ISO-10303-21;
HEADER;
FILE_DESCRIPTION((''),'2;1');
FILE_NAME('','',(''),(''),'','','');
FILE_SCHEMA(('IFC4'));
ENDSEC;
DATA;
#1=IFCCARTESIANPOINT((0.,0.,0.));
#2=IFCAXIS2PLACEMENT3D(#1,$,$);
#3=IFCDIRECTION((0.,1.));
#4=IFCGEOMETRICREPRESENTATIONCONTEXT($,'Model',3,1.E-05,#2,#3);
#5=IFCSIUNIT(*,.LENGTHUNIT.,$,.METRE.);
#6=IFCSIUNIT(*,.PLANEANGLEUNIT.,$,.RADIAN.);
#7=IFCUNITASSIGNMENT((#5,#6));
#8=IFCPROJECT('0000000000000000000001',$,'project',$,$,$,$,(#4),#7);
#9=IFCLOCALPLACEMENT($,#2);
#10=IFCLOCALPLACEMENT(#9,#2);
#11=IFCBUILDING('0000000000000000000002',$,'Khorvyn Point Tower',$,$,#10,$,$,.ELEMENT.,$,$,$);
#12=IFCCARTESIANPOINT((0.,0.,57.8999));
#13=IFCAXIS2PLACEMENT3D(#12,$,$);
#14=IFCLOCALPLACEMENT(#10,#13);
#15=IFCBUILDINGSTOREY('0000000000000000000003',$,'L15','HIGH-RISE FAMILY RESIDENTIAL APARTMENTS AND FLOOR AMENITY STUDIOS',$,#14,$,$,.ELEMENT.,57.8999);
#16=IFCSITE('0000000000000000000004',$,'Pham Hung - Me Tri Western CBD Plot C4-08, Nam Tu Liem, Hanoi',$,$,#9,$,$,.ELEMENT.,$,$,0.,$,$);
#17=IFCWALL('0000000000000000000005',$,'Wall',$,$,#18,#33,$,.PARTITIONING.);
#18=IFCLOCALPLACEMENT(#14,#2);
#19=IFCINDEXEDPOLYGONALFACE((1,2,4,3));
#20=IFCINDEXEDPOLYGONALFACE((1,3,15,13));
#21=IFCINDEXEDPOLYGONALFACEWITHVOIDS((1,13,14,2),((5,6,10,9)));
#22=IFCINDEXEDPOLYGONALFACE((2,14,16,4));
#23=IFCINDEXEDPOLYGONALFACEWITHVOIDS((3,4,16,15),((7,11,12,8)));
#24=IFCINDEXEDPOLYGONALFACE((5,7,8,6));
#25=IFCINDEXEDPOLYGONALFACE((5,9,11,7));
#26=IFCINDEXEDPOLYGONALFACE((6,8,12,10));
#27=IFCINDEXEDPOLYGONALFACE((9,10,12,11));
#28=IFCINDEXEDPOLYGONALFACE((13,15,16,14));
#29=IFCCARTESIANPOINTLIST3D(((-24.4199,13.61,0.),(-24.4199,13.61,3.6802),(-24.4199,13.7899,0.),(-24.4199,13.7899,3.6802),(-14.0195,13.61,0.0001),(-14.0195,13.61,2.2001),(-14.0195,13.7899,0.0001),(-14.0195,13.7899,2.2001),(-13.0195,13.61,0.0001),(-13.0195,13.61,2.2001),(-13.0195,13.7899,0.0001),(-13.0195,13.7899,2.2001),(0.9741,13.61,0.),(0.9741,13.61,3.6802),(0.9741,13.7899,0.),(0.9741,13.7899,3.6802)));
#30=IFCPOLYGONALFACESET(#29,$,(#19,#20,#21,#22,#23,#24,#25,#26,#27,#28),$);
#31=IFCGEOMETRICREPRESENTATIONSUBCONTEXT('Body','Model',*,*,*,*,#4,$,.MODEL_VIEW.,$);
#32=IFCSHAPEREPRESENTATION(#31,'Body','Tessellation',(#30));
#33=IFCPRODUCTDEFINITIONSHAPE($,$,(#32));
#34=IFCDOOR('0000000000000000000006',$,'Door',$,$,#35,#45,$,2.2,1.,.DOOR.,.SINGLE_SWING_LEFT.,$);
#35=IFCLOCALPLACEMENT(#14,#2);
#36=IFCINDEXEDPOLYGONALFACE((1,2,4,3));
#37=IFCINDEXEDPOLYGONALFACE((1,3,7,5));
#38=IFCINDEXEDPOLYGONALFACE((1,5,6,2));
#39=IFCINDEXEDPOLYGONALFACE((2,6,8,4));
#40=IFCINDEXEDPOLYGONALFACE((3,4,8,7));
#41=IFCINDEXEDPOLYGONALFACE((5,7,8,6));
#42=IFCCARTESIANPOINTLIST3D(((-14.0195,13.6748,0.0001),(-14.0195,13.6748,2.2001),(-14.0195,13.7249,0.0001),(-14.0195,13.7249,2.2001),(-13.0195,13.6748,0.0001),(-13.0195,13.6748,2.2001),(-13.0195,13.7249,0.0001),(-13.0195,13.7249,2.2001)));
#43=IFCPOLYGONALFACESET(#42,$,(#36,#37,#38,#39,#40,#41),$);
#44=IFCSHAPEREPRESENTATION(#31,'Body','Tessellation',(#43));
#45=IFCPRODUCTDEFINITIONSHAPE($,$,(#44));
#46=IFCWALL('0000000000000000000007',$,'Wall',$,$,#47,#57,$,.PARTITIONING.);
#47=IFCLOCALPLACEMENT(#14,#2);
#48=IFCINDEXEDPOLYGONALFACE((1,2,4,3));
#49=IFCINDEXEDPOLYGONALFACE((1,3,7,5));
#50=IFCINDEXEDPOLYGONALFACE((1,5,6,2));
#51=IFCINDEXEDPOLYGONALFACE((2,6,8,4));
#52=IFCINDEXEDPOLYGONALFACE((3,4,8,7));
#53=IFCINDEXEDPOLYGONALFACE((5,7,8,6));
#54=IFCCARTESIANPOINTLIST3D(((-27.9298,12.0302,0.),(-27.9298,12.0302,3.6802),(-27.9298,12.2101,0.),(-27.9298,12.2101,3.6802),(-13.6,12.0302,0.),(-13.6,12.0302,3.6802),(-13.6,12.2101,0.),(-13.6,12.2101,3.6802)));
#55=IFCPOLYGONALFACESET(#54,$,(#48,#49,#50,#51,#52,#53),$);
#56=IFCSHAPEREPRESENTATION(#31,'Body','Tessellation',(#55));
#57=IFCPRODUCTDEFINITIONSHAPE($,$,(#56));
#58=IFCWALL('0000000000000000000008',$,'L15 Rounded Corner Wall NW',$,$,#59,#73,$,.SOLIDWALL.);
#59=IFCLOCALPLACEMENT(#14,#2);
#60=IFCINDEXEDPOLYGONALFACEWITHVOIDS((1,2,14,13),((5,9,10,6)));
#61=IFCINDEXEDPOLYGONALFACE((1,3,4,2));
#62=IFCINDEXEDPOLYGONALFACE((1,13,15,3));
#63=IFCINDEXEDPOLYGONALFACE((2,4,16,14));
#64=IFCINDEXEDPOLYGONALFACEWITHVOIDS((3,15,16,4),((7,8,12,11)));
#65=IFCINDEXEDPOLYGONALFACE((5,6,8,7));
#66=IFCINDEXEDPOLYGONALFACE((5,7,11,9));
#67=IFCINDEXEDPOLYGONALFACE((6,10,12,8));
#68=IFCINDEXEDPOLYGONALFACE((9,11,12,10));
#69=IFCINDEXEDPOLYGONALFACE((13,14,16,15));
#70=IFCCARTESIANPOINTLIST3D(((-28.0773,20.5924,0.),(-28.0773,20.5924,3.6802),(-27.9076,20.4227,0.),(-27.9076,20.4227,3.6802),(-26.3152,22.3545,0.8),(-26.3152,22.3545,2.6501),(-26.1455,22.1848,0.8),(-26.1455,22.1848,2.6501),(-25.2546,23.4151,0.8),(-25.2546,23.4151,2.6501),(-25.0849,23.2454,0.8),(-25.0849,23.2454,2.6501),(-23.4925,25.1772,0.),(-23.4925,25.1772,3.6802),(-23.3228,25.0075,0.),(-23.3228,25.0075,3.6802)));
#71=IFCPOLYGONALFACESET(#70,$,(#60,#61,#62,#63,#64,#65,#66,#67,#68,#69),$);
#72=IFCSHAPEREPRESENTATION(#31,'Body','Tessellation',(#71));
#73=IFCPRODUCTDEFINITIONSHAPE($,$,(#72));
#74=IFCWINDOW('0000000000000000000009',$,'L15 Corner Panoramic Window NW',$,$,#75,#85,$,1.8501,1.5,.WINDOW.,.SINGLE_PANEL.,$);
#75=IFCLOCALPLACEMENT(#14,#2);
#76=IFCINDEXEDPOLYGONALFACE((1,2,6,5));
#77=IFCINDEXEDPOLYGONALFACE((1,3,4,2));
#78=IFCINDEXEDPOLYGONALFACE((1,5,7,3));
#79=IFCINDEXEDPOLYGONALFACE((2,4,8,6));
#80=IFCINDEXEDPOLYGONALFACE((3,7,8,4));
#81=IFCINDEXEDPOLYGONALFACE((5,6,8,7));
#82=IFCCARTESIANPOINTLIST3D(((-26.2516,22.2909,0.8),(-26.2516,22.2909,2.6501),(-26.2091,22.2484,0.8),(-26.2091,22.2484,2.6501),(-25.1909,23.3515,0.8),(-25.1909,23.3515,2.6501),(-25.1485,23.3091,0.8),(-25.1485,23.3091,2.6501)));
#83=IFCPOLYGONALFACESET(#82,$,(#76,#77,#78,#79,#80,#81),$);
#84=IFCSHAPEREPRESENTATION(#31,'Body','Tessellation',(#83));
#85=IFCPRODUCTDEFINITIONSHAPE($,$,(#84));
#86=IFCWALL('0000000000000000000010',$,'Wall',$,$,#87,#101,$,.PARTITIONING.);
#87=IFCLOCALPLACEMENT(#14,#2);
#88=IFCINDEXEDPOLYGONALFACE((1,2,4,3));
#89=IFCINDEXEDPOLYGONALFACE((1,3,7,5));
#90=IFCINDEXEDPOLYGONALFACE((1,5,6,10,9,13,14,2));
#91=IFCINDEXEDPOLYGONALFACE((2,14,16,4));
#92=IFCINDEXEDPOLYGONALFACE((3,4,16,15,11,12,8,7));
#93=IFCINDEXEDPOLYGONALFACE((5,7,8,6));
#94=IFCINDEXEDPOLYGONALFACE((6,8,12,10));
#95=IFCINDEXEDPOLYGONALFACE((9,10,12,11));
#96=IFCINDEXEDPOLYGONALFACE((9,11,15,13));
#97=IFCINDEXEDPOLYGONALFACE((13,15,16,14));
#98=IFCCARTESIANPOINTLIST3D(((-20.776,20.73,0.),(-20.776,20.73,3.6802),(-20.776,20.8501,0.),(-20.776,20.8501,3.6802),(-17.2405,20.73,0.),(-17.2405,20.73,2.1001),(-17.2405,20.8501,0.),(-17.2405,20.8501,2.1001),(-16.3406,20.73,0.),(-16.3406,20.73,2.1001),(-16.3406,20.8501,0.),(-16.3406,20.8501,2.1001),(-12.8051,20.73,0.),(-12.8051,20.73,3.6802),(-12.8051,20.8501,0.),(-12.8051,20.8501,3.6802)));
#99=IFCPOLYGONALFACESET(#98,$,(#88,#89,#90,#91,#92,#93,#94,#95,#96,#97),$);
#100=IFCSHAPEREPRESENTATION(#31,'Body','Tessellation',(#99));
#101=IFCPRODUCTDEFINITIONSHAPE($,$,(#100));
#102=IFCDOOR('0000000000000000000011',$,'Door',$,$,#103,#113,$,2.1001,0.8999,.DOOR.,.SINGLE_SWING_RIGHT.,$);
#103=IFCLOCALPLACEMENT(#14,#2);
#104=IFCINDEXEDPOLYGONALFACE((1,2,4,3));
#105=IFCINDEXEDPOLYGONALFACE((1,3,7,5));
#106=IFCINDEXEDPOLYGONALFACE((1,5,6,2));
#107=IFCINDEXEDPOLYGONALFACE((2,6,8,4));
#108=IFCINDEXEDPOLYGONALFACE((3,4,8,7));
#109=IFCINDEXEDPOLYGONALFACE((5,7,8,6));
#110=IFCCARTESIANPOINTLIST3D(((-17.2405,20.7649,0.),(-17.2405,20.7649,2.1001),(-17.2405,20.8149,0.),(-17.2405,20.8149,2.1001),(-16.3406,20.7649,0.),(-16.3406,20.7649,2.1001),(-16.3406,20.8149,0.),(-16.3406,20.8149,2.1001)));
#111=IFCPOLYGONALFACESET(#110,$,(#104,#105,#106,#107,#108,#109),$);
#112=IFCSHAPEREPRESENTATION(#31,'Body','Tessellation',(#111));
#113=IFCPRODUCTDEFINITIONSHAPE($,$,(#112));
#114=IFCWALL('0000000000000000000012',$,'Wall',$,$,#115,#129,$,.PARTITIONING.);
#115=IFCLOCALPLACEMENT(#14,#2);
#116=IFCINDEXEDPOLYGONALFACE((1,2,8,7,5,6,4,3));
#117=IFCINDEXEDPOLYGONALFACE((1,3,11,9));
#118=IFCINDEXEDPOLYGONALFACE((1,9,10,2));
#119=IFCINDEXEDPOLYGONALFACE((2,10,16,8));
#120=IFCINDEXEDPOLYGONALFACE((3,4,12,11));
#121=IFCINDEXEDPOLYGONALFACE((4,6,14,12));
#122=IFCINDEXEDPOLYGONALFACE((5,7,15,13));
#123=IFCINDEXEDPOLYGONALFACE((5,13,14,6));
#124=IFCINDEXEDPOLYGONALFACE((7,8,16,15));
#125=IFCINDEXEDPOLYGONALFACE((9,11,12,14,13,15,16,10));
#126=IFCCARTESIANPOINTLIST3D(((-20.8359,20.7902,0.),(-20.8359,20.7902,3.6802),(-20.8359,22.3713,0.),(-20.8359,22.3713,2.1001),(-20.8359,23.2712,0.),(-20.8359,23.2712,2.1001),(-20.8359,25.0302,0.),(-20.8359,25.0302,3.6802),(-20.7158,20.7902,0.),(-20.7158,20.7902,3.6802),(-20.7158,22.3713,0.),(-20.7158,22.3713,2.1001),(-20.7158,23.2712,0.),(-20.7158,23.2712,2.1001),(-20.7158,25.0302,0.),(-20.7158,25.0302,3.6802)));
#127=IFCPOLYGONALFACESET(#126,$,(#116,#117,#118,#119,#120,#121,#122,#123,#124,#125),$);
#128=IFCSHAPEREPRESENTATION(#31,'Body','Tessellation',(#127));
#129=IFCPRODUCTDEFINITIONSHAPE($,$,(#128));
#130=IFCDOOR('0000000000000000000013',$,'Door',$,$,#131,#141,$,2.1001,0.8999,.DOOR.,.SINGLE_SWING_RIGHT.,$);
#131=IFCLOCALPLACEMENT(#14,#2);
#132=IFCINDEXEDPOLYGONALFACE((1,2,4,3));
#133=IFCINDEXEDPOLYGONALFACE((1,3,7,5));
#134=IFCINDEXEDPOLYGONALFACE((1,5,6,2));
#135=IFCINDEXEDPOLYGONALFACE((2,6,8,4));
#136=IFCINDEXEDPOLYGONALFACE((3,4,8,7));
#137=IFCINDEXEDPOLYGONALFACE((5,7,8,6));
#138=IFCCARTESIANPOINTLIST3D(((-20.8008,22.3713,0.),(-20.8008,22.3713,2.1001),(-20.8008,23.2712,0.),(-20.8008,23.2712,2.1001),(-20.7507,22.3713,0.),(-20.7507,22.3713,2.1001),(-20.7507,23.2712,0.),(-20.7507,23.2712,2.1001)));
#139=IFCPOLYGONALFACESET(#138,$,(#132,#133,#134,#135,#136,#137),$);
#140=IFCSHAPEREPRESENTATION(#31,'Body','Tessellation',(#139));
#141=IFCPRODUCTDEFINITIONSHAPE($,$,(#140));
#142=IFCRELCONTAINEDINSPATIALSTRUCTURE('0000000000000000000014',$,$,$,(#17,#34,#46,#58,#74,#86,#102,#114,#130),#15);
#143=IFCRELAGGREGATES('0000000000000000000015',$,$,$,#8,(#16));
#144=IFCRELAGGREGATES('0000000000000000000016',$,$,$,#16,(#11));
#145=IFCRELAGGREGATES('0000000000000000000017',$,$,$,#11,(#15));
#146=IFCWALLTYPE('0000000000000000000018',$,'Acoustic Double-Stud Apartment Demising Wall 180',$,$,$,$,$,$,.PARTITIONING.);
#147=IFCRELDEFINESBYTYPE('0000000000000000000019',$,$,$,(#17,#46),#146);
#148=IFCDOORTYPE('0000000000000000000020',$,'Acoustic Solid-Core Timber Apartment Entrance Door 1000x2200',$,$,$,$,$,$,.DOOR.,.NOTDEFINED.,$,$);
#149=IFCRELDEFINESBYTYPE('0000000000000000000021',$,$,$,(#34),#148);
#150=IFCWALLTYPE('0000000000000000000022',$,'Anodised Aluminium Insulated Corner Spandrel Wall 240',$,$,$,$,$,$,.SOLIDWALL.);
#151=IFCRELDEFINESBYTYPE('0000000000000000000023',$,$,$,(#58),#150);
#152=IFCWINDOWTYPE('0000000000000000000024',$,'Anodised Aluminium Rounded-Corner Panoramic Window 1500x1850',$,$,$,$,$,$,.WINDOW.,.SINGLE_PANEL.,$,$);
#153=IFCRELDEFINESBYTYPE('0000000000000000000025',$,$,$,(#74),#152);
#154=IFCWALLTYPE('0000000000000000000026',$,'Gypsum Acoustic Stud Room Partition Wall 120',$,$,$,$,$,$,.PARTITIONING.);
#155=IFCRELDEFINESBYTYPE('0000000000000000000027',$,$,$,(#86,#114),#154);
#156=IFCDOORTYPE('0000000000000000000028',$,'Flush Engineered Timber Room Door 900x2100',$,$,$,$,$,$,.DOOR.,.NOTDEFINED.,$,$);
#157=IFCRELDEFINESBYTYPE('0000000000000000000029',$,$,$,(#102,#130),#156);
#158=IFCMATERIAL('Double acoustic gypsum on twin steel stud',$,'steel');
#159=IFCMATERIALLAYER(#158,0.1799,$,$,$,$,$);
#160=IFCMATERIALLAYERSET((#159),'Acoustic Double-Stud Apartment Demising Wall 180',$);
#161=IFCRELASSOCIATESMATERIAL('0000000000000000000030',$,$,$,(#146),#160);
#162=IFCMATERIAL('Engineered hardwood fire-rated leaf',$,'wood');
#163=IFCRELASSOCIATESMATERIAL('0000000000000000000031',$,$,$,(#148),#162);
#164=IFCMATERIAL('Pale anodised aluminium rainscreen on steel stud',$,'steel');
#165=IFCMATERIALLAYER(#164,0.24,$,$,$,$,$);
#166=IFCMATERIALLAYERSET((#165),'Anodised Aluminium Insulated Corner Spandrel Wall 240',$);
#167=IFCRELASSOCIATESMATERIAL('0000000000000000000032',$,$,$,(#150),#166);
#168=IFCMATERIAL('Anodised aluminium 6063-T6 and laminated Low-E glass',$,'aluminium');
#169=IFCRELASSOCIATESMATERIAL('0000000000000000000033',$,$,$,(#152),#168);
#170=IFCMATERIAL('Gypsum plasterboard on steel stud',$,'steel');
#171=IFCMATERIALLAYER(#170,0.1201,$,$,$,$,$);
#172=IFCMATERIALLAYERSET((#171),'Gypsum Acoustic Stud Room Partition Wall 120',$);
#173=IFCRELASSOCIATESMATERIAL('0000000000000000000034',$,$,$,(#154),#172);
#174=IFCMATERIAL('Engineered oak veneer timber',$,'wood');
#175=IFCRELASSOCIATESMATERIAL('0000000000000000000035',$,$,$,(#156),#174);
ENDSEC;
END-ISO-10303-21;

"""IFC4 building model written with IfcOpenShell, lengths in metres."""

from ifc_helpers import new_model, si_unit, direction, frame, frame_2d, origin, place, context, subcontext, project, spatial, rectangle, extrude, material, layer, layer_set, type_object, element, fill, save


model = new_model("IFC4")

# Units and contexts
model_context = context("Model", 3, precision=1e-05, world=origin(), true_north=direction((0.0, 1.0)))
body_context = subcontext(model_context, "Body", "Model", "MODEL_VIEW")
ifc_project = project(units=[si_unit("LENGTHUNIT", "METRE"), si_unit("PLANEANGLEUNIT", "RADIAN")], contexts=[model_context])

# Site, building, storey
site_placement = place(None, origin())
site = spatial("IfcSite", under=ifc_project, at=site_placement, Name="Pham Hung - Me Tri Western CBD Plot C4-08, Nam Tu Liem, Hanoi", CompositionType="ELEMENT", RefElevation=0.0)
building_placement = place(site_placement, origin())
building = spatial("IfcBuilding", under=site, at=building_placement, Name="Khorvyn Point Tower", CompositionType="ELEMENT")
storey_placement = place(building_placement, frame((0.0, 0.0, 57.8999)))
storey = spatial("IfcBuildingStorey", under=building, at=storey_placement, Name="L15", Description="HIGH-RISE FAMILY RESIDENTIAL APARTMENTS AND FLOOR AMENITY STUDIOS", CompositionType="ELEMENT", Elevation=57.8999)

# Shared definitions
ifc_material_1 = material(Name="Anodised aluminium 6063-T6 and laminated Low-E glass", Category="aluminium")

# Wall, opening, door
ifc_material_2 = material(Name="Double acoustic gypsum on twin steel stud", Category="steel")
ifc_layer_1 = layer(ifc_material_2, 0.1799)
ifc_layer_set_1 = layer_set([ifc_layer_1], Name="Acoustic Double-Stud Apartment Demising Wall 180")
wall_type_1 = type_object("IfcWallType", Name="Acoustic Double-Stud Apartment Demising Wall 180", PredefinedType="PARTITIONING", material=ifc_layer_set_1)
wall_1_placement = place(storey_placement, frame((-24.4199, 13.7, 0.0), z_axis=(0.0, 0.0, 1.0), x_axis=(1.0, 0.0, 0.0)))
wall_1 = element("IfcWall", 1, at=wall_1_placement, inside=storey, type_object=wall_type_1, Name="Wall", PredefinedType="PARTITIONING", context=body_context, shape_type="SweptSolid", body=[
    extrude(rectangle(XDim=25.394, YDim=0.1799, at=frame_2d((12.697, 0.0))), origin(), (0.0, 0.0, 1.0), 3.6802),
])
opening_1_placement = place(wall_1_placement, frame((10.4004, 0.0, 0.0)))
opening_1 = element("IfcOpeningElement", 2, at=opening_1_placement, cuts=wall_1, PredefinedType="OPENING", context=body_context, shape_type="SweptSolid", body=[
    extrude(rectangle(XDim=1.0, YDim=2.2, at=frame_2d((0.5, 1.1001))), frame((0.0, 0.0999, 0.0), z_axis=(0.0, -1.0, 0.0), x_axis=(1.0, 0.0, 0.0)), (0.0, 0.0, 1.0), 0.2),
])
ifc_material_3 = material(Name="Engineered hardwood fire-rated leaf", Category="wood")
door_type_1 = type_object("IfcDoorType", Name="Acoustic Solid-Core Timber Apartment Entrance Door 1000x2200", OperationType="NOTDEFINED", PredefinedType="DOOR", material=ifc_material_3)
door_1_placement = place(opening_1_placement, origin())
door_1 = element("IfcDoor", 3, at=door_1_placement, inside=storey, type_object=door_type_1, Name="Door", OperationType="SINGLE_SWING_LEFT", OverallHeight=2.2, OverallWidth=1.0, PredefinedType="DOOR", context=body_context, shape_type="SweptSolid", body=[
    extrude(rectangle(XDim=1.0, YDim=2.2, at=frame_2d((0.5, 1.1001))), frame((0.0, 0.0249, 0.0), z_axis=(0.0, -1.0, 0.0), x_axis=(1.0, 0.0, 0.0)), (0.0, 0.0, 1.0), 0.05),
])
fill(opening_1, door_1)

# Wall
wall_2_placement = place(storey_placement, frame((-27.9299, 12.1201, 0.0), z_axis=(0.0, 0.0, 1.0), x_axis=(1.0, 0.0, 0.0)))
element("IfcWall", 4, at=wall_2_placement, inside=storey, type_object=wall_type_1, Name="Wall", PredefinedType="PARTITIONING", context=body_context, shape_type="SweptSolid", body=[
    extrude(rectangle(XDim=14.3298, YDim=0.1799, at=frame_2d((7.165, 0.0))), origin(), (0.0, 0.0, 1.0), 3.6802),
])

# Wall, opening, window
ifc_material_4 = material(Name="Pale anodised aluminium rainscreen on steel stud", Category="steel")
ifc_layer_2 = layer(ifc_material_4, 0.24)
ifc_layer_set_2 = layer_set([ifc_layer_2], Name="Anodised Aluminium Insulated Corner Spandrel Wall 240")
wall_type_2 = type_object("IfcWallType", Name="Anodised Aluminium Insulated Corner Spandrel Wall 240", PredefinedType="SOLIDWALL", material=ifc_layer_set_2)
wall_3_placement = place(storey_placement, frame((-27.9924, 20.5076, 0.0), z_axis=(0.0, 0.0, 1.0), x_axis=(0.707107, 0.707107, 0.0)))
wall_3 = element("IfcWall", 5, at=wall_3_placement, inside=storey, type_object=wall_type_2, Name="L15 Rounded Corner Wall NW", PredefinedType="SOLIDWALL", context=body_context, shape_type="SweptSolid", body=[
    extrude(rectangle(XDim=6.4839, YDim=0.24, at=frame_2d((3.2419, 0.0))), origin(), (0.0, 0.0, 1.0), 3.6802),
])
opening_2_placement = place(wall_3_placement, frame((2.4919, 0.0, 0.8)))
opening_2 = element("IfcOpeningElement", 6, at=opening_2_placement, cuts=wall_3, PredefinedType="OPENING", context=body_context, shape_type="SweptSolid", body=[
    extrude(rectangle(XDim=1.5, YDim=1.8501, at=frame_2d((0.75, 0.925))), frame((0.0, 0.1299, 0.0), z_axis=(0.0, -1.0, 0.0), x_axis=(1.0, 0.0, 0.0)), (0.0, 0.0, 1.0), 0.26),
])
window_type = type_object("IfcWindowType", Name="Anodised Aluminium Rounded-Corner Panoramic Window 1500x1850", PartitioningType="SINGLE_PANEL", PredefinedType="WINDOW", material=ifc_material_1)
window_placement = place(opening_2_placement, origin())
window = element("IfcWindow", 7, at=window_placement, inside=storey, type_object=window_type, Name="L15 Corner Panoramic Window NW", OverallHeight=1.8501, OverallWidth=1.5, PartitioningType="SINGLE_PANEL", PredefinedType="WINDOW", context=body_context, shape_type="SweptSolid", body=[
    extrude(rectangle(XDim=1.5, YDim=1.8501, at=frame_2d((0.75, 0.925))), frame((0.0, 0.03, 0.0), z_axis=(0.0, -1.0, 0.0), x_axis=(1.0, 0.0, 0.0)), (0.0, 0.0, 1.0), 0.0601),
])
fill(opening_2, window)

# Walls, openings, doors
ifc_material_5 = material(Name="Gypsum plasterboard on steel stud", Category="steel")
ifc_layer_3 = layer(ifc_material_5, 0.1201)
ifc_layer_set_3 = layer_set([ifc_layer_3], Name="Gypsum Acoustic Stud Room Partition Wall 120")
wall_type_3 = type_object("IfcWallType", Name="Gypsum Acoustic Stud Room Partition Wall 120", PredefinedType="PARTITIONING", material=ifc_layer_set_3)
wall_4_placement = place(storey_placement, frame((-20.7759, 20.79, 0.0), z_axis=(0.0, 0.0, 1.0), x_axis=(1.0, 0.0, 0.0)))
wall_4 = element("IfcWall", 8, at=wall_4_placement, inside=storey, type_object=wall_type_3, Name="Wall", PredefinedType="PARTITIONING", context=body_context, shape_type="SweptSolid", body=[
    extrude(rectangle(XDim=7.9709, YDim=0.1201, at=frame_2d((3.9854, 0.0))), origin(), (0.0, 0.0, 1.0), 3.6802),
])
opening_3_placement = place(wall_4_placement, frame((3.5354, 0.0, 0.0)))
opening_3 = element("IfcOpeningElement", 9, at=opening_3_placement, cuts=wall_4, PredefinedType="OPENING", context=body_context, shape_type="SweptSolid", body=[
    extrude(rectangle(XDim=0.8999, YDim=2.1001, at=frame_2d((0.45, 1.05))), frame((0.0, 0.0701, 0.0), z_axis=(0.0, -1.0, 0.0), x_axis=(1.0, 0.0, 0.0)), (0.0, 0.0, 1.0), 0.1401),
])
ifc_material_6 = material(Name="Engineered oak veneer timber", Category="wood")
door_type_2 = type_object("IfcDoorType", Name="Flush Engineered Timber Room Door 900x2100", OperationType="NOTDEFINED", PredefinedType="DOOR", material=ifc_material_6)
door_2_placement = place(opening_3_placement, origin())
door_2 = element("IfcDoor", 10, at=door_2_placement, inside=storey, type_object=door_type_2, Name="Door", OperationType="SINGLE_SWING_RIGHT", OverallHeight=2.1001, OverallWidth=0.8999, PredefinedType="DOOR", context=body_context, shape_type="SweptSolid", body=[
    extrude(rectangle(XDim=0.8999, YDim=2.1001, at=frame_2d((0.45, 1.05))), frame((0.0, 0.0249, 0.0), z_axis=(0.0, -1.0, 0.0), x_axis=(1.0, 0.0, 0.0)), (0.0, 0.0, 1.0), 0.05),
])
fill(opening_3, door_2)
wall_5_placement = place(storey_placement, frame((-20.7759, 20.79, 0.0), z_axis=(0.0, 0.0, 1.0), x_axis=(0.0, 1.0, 0.0)))
wall_5 = element("IfcWall", 11, at=wall_5_placement, inside=storey, type_object=wall_type_3, Name="Wall", PredefinedType="PARTITIONING", context=body_context, shape_type="SweptSolid", body=[
    extrude(rectangle(XDim=4.24, YDim=0.1201, at=frame_2d((2.1201, 0.0))), origin(), (0.0, 0.0, 1.0), 3.6802),
])
opening_4_placement = place(wall_5_placement, frame((1.5813, 0.0, 0.0)))
opening_4 = element("IfcOpeningElement", 12, at=opening_4_placement, cuts=wall_5, PredefinedType="OPENING", context=body_context, shape_type="SweptSolid", body=[
    extrude(rectangle(XDim=0.8999, YDim=2.1001, at=frame_2d((0.45, 1.05))), frame((0.0, 0.0701, 0.0), z_axis=(0.0, -1.0, 0.0), x_axis=(1.0, 0.0, 0.0)), (0.0, 0.0, 1.0), 0.1401),
])
door_3_placement = place(opening_4_placement, origin())
door_3 = element("IfcDoor", 13, at=door_3_placement, inside=storey, type_object=door_type_2, Name="Door", OperationType="SINGLE_SWING_RIGHT", OverallHeight=2.1001, OverallWidth=0.8999, PredefinedType="DOOR", context=body_context, shape_type="SweptSolid", body=[
    extrude(rectangle(XDim=0.8999, YDim=2.1001, at=frame_2d((0.45, 1.05))), frame((0.0, 0.0249, 0.0), z_axis=(0.0, -1.0, 0.0), x_axis=(1.0, 0.0, 0.0)), (0.0, 0.0, 1.0), 0.05),
])
fill(opening_4, door_3)

save(model, "model.ifc")
